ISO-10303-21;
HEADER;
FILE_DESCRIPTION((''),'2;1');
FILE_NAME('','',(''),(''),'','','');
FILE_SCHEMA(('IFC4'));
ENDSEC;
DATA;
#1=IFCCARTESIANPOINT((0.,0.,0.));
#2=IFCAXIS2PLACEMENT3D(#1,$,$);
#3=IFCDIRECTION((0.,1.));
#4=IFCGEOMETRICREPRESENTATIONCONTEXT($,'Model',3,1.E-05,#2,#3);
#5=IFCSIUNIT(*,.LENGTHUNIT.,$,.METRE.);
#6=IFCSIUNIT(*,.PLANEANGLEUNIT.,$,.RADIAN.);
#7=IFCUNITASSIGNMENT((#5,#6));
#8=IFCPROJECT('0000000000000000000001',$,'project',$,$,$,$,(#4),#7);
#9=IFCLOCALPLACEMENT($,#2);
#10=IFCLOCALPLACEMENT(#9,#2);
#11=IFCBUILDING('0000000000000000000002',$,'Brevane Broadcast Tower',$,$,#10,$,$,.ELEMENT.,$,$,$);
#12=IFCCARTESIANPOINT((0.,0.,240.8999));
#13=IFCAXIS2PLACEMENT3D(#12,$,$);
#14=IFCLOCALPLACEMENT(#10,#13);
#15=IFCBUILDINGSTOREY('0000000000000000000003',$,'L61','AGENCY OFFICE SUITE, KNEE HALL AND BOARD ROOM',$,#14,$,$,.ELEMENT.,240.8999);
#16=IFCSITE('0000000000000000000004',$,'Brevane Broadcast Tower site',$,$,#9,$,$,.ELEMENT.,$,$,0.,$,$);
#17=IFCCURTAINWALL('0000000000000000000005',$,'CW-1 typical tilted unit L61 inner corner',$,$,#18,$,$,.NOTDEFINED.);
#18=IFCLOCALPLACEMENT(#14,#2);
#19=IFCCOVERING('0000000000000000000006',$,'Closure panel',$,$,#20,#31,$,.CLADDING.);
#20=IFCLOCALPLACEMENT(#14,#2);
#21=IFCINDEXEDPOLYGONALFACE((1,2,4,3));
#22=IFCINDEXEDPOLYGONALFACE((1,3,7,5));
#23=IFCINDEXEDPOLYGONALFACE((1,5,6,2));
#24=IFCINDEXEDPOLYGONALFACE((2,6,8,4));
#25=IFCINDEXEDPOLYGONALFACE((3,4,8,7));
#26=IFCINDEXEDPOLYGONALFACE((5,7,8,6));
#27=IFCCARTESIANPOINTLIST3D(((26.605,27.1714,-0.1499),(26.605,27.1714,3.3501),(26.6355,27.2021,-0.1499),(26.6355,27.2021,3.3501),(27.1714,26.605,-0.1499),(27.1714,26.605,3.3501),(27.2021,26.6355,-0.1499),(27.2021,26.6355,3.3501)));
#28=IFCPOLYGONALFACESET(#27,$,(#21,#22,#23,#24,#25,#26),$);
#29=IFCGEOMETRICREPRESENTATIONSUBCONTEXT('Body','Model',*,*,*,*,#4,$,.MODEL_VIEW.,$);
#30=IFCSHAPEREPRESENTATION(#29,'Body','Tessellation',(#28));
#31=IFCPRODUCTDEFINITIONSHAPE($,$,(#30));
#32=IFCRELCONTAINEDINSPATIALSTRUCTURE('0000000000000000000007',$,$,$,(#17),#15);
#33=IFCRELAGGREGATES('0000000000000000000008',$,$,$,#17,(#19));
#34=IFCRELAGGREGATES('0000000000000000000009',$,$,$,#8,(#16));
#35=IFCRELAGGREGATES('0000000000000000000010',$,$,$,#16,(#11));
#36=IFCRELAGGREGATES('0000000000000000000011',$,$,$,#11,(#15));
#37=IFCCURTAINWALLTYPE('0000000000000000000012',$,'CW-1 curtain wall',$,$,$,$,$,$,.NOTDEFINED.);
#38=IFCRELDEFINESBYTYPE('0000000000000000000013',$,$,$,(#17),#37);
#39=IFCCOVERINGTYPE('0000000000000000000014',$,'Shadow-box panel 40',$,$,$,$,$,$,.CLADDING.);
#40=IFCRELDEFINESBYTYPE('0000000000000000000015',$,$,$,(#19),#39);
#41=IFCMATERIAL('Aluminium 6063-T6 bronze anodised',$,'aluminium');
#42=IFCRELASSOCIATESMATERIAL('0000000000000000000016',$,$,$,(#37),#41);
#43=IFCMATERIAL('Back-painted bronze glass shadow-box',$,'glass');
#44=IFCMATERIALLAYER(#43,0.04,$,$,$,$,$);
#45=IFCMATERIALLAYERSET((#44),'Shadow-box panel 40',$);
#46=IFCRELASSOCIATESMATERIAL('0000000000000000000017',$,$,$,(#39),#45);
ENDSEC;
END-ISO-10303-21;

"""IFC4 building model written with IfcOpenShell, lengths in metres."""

from ifc_helpers import new_model, si_unit, direction, frame, origin, place, context, subcontext, project, spatial, polyline, outline, extrude, material, layer, layer_set, type_object, element, aggregate, save


model = new_model("IFC4")

# Units and contexts
model_context = context("Model", 3, precision=1e-05, world=origin(), true_north=direction((0.0, 1.0)))
body_context = subcontext(model_context, "Body", "Model", "MODEL_VIEW")
ifc_project = project(units=[si_unit("LENGTHUNIT", "METRE"), si_unit("PLANEANGLEUNIT", "RADIAN")], contexts=[model_context])

# Site, building, storey
site_placement = place(None, origin())
site = spatial("IfcSite", under=ifc_project, at=site_placement, Name="Brevane Broadcast Tower site", CompositionType="ELEMENT", RefElevation=0.0)
building_placement = place(site_placement, origin())
building = spatial("IfcBuilding", under=site, at=building_placement, Name="Brevane Broadcast Tower", CompositionType="ELEMENT")
storey_placement = place(building_placement, frame((0.0, 0.0, 240.8999)))
storey = spatial("IfcBuildingStorey", under=building, at=storey_placement, Name="L61", Description="AGENCY OFFICE SUITE, KNEE HALL AND BOARD ROOM", CompositionType="ELEMENT", Elevation=240.8999)

# Shared definitions
ifc_material_1 = material(Name="Aluminium 6063-T6 bronze anodised", Category="aluminium")
curtain_wall_type = type_object("IfcCurtainWallType", Name="CW-1 curtain wall", PredefinedType="NOTDEFINED", material=ifc_material_1)

# Curtain wall, covering
curtain_wall_1_placement = place(storey_placement, origin())
curtain_wall_1 = element("IfcCurtainWall", 1, at=curtain_wall_1_placement, inside=storey, type_object=curtain_wall_type, Name="CW-1 typical tilted unit L61 inner corner", PredefinedType="NOTDEFINED")
ifc_material_2 = material(Name="Back-painted bronze glass shadow-box", Category="glass")
ifc_layer_1 = layer(ifc_material_2, 0.04)
ifc_layer_set_1 = layer_set([ifc_layer_1], Name="Shadow-box panel 40")
covering_type = type_object("IfcCoveringType", Name="Shadow-box panel 40", PredefinedType="CLADDING", material=ifc_layer_set_1)
covering_placement = place(storey_placement, frame((0.0, 0.0, -0.1499)))
covering = element("IfcCovering", 2, at=covering_placement, type_object=covering_type, Name="Closure panel", PredefinedType="CLADDING", context=body_context, shape_type="SweptSolid", body=[
    extrude(outline(polyline([(27.1714, 26.605), (27.2021, 26.6355), (26.6355, 27.2021), (26.605, 27.1714), (27.1714, 26.605)])), origin(), (0.0, 0.0, 1.0), 3.5),
])
aggregate(curtain_wall_1, [covering])

save(model, "model.ifc")
